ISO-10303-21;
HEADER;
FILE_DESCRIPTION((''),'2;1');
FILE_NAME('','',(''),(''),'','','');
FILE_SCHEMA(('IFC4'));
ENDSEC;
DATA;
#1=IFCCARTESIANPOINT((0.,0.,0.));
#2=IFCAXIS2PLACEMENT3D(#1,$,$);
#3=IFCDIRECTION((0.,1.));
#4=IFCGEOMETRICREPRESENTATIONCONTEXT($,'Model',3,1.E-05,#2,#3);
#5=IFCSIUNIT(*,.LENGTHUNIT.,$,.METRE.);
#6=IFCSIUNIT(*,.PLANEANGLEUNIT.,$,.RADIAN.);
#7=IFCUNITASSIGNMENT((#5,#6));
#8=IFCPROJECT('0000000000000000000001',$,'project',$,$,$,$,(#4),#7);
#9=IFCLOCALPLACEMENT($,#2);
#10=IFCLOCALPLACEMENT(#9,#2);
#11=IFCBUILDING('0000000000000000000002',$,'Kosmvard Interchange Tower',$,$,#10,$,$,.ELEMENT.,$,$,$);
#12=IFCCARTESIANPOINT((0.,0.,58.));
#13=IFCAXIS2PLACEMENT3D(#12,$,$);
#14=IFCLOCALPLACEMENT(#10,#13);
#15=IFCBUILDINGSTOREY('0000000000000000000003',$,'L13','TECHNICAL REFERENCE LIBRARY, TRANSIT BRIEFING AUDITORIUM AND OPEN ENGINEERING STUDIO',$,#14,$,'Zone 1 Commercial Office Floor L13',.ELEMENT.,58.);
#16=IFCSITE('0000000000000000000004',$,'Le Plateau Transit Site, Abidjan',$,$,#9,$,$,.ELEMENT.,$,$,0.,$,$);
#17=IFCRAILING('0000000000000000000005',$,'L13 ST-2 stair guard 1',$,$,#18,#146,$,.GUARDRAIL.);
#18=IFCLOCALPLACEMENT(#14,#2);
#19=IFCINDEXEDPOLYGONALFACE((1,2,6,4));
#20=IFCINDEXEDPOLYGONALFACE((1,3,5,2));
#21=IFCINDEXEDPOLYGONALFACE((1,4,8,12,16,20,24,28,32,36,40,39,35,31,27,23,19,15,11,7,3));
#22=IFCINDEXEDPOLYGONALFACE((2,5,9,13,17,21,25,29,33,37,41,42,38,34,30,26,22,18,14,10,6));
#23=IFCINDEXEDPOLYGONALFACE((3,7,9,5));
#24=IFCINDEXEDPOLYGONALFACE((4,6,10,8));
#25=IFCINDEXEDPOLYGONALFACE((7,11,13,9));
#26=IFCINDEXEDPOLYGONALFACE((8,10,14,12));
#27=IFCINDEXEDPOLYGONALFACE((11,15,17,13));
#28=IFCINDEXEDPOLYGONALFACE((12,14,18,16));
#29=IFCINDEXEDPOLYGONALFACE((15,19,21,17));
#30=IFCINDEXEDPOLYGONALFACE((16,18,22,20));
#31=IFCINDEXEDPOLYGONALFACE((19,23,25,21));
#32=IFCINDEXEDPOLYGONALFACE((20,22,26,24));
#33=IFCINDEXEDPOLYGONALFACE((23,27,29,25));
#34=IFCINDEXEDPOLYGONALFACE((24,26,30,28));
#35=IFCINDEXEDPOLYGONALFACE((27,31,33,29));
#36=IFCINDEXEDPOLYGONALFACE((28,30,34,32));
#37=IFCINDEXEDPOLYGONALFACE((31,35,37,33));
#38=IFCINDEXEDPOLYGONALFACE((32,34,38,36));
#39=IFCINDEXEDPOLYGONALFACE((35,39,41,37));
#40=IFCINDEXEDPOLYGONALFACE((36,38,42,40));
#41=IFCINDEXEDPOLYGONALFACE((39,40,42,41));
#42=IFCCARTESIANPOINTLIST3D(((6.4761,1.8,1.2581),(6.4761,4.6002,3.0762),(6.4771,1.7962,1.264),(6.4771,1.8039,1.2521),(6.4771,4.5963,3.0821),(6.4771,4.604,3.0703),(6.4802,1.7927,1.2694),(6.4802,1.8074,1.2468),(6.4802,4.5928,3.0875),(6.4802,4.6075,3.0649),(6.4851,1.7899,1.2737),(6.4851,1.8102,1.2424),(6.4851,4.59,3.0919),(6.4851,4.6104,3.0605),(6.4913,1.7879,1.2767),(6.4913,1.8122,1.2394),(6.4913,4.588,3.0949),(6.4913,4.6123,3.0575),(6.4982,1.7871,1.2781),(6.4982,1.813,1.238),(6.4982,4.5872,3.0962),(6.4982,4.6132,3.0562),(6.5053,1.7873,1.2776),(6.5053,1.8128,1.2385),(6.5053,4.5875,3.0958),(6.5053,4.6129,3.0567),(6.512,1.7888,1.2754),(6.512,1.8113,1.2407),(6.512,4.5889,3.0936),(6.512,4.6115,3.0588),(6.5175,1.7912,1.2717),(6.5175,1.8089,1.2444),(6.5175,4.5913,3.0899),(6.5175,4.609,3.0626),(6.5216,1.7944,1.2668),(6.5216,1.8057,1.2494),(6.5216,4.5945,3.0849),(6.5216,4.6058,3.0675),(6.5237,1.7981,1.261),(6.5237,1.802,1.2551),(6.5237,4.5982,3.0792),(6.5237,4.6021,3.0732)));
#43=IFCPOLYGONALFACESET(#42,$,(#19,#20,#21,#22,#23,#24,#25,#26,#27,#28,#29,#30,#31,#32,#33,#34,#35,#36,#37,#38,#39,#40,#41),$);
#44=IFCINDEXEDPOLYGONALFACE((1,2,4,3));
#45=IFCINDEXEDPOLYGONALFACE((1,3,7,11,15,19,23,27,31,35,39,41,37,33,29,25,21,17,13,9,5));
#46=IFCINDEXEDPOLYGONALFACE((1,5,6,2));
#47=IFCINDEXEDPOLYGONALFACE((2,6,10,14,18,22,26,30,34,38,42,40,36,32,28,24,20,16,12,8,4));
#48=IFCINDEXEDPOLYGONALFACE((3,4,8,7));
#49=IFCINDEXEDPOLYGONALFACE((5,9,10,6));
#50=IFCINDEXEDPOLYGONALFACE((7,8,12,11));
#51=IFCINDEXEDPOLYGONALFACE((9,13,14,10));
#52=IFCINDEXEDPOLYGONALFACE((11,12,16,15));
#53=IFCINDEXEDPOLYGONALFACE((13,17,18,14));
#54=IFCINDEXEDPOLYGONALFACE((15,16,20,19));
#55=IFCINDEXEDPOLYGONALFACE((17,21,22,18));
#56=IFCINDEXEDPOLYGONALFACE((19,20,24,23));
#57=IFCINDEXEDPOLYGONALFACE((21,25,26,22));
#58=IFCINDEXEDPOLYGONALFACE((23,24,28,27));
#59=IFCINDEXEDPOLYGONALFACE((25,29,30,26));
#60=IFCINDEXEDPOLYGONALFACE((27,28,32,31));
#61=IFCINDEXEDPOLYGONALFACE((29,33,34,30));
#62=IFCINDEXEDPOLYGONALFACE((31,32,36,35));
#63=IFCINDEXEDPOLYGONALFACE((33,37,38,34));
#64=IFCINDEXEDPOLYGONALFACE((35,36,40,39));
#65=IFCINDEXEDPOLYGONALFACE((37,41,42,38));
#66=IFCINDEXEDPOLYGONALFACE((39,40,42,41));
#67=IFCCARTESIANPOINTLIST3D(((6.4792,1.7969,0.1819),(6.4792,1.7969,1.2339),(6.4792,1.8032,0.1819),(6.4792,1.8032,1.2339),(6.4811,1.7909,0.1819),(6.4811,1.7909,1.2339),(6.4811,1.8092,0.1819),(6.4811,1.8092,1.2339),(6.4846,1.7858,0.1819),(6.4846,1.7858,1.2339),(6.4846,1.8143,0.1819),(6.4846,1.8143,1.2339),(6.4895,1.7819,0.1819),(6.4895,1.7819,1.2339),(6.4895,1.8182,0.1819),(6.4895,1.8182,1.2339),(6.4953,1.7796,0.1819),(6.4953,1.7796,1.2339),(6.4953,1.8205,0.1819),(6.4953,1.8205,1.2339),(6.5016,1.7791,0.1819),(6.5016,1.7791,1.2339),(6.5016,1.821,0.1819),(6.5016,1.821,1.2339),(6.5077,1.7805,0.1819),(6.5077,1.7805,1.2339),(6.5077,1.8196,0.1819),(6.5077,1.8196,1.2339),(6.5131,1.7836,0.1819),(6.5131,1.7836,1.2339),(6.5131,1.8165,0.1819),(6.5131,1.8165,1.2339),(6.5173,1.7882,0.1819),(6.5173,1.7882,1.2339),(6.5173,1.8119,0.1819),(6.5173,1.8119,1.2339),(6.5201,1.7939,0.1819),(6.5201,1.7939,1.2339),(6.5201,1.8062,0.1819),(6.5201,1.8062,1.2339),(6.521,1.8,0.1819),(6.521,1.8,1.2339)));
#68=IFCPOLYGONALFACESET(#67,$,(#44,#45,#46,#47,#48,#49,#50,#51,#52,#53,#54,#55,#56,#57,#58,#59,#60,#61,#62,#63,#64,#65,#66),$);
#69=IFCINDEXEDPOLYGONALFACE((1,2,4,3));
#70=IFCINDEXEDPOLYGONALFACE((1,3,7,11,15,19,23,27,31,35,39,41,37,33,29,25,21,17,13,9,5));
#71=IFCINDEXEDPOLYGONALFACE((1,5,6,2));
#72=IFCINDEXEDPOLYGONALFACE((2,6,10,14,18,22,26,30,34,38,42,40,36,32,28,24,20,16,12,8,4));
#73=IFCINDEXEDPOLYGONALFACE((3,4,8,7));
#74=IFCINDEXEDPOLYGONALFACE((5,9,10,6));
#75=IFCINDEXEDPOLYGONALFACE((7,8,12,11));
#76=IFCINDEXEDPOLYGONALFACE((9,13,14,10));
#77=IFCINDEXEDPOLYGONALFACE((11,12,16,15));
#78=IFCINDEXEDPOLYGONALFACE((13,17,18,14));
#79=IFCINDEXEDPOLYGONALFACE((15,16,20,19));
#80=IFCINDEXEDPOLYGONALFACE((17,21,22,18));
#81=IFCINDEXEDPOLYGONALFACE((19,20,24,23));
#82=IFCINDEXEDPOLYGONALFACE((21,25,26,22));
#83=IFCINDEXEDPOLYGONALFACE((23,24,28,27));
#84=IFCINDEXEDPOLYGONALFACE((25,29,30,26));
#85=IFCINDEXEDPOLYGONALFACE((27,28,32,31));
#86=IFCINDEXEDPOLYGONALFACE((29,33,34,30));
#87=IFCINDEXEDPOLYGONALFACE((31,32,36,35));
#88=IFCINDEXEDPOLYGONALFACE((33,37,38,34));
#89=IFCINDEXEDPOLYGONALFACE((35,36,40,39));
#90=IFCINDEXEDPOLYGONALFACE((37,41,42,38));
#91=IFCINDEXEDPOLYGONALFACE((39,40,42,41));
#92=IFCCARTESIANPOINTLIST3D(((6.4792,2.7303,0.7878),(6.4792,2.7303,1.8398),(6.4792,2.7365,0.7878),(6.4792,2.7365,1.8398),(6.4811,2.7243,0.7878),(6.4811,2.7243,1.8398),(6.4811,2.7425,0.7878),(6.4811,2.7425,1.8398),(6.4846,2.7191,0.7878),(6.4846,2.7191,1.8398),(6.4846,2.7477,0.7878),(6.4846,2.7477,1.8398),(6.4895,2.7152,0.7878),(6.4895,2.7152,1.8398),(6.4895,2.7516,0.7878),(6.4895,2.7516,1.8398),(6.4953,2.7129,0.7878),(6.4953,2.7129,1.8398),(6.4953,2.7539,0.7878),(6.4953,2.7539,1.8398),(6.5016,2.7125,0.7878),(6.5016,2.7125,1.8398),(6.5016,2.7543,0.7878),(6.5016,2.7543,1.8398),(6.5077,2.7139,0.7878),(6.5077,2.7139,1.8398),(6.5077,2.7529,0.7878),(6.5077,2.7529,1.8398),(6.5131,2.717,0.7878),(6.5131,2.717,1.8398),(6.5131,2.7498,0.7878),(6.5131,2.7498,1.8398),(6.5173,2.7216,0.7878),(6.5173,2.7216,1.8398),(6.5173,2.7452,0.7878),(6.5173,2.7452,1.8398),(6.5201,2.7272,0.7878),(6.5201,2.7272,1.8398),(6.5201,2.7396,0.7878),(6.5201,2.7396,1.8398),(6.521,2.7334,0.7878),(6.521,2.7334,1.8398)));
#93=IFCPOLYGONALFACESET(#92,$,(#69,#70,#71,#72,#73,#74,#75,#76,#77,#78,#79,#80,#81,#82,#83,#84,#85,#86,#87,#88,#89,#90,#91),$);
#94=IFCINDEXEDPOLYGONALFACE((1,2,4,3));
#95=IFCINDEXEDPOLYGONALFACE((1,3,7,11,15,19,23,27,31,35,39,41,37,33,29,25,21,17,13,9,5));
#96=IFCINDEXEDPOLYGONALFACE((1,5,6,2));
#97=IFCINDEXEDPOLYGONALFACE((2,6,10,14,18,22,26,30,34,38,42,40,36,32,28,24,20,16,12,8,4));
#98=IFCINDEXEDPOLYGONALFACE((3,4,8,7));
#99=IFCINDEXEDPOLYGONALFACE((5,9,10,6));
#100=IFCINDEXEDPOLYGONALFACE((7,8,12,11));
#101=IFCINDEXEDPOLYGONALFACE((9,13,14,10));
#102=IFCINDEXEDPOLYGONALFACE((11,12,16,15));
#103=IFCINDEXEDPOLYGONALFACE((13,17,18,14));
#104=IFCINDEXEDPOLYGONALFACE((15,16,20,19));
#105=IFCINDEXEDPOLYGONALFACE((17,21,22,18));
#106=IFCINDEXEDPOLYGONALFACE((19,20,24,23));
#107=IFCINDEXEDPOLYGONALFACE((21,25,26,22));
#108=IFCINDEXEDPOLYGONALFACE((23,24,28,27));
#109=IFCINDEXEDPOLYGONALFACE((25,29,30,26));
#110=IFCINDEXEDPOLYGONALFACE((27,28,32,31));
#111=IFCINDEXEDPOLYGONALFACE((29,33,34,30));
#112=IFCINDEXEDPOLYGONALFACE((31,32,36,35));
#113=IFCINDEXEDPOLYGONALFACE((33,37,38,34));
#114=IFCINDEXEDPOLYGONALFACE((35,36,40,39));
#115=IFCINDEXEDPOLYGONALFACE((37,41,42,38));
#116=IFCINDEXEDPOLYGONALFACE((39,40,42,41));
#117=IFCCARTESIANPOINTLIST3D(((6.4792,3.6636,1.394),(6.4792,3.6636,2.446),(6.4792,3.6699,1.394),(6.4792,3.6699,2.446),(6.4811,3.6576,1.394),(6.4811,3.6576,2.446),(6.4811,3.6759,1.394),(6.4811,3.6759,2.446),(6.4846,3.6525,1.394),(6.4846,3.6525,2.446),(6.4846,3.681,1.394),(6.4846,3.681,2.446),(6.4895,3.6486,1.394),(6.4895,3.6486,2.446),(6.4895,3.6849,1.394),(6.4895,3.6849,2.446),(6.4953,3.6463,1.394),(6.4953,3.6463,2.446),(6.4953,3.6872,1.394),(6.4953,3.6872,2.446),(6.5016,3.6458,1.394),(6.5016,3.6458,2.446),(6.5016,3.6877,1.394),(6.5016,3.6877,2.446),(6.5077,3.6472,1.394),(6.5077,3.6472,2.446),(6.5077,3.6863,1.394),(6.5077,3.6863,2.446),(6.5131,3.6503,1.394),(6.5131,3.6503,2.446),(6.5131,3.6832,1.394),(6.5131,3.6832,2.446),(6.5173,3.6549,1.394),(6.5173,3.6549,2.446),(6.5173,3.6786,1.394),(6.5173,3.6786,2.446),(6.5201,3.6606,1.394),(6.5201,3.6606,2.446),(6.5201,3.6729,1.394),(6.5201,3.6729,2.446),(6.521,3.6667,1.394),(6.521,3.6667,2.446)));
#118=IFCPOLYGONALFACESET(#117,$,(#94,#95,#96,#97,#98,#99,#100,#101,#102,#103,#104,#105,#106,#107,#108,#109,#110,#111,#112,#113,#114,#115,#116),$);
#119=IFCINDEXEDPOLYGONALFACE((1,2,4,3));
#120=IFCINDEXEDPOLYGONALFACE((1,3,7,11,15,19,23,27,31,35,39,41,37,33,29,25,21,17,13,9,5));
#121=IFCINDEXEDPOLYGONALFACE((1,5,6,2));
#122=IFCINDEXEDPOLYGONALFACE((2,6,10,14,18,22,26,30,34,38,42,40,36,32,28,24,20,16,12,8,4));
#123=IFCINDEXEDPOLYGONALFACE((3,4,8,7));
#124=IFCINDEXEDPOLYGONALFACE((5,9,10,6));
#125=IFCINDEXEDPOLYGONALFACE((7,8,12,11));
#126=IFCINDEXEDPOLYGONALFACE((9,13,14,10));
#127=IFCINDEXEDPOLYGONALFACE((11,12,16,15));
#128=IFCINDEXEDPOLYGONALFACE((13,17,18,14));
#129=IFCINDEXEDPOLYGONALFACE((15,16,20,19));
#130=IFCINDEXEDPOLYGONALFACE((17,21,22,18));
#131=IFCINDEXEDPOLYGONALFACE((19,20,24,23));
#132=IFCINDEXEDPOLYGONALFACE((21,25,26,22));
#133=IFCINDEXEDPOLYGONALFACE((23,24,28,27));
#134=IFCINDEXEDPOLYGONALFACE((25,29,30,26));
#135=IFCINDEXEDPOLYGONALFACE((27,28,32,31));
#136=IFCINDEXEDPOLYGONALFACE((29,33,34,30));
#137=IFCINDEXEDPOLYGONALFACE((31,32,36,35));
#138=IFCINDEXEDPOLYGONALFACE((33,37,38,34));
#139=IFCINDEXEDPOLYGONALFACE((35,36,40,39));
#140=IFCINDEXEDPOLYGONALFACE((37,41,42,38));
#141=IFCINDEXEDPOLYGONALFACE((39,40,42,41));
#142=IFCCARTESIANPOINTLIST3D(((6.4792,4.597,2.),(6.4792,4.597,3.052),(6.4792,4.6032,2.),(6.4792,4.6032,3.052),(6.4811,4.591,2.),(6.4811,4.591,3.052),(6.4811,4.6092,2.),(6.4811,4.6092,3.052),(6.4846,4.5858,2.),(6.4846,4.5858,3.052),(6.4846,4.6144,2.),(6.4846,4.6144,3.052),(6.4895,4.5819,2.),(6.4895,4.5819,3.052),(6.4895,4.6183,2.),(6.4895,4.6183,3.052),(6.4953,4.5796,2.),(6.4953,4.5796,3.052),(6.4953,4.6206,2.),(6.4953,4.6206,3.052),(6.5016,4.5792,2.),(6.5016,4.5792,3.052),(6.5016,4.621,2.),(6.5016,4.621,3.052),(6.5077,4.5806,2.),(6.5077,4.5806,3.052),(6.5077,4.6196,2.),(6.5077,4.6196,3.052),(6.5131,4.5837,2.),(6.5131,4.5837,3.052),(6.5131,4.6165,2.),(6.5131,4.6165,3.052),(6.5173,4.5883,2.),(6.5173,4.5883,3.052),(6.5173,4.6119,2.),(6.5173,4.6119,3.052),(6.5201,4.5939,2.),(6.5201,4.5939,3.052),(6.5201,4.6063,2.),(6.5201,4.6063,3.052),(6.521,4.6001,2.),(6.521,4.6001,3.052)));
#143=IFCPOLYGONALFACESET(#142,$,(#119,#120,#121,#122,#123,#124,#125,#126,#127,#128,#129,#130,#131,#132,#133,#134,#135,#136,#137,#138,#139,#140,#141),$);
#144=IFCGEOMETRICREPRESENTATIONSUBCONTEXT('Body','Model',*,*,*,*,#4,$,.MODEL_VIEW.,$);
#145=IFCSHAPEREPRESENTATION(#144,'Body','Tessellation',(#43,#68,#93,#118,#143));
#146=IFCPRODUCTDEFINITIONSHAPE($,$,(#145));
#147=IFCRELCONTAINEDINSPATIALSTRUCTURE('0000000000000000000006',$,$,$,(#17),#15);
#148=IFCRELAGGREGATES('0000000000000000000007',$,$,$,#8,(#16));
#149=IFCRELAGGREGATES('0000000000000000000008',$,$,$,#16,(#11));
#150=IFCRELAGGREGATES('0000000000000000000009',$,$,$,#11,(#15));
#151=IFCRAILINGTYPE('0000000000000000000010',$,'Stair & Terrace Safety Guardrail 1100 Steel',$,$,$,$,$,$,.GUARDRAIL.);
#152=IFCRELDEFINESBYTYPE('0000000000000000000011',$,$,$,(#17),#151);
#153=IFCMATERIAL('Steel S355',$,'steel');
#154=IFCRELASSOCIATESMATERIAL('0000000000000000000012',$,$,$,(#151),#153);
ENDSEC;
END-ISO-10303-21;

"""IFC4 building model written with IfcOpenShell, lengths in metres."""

from ifc_helpers import new_model, si_unit, direction, frame, origin, origin_2d, place, context, subcontext, project, spatial, circle, extrude, source, transform, mapped, material, type_object, element, save


model = new_model("IFC4")

# Units and contexts
model_context = context("Model", 3, precision=1e-05, world=origin(), true_north=direction((0.0, 1.0)))
body_context = subcontext(model_context, "Body", "Model", "MODEL_VIEW")
ifc_project = project(units=[si_unit("LENGTHUNIT", "METRE"), si_unit("PLANEANGLEUNIT", "RADIAN")], contexts=[model_context])

# Site, building, storey
site_placement = place(None, origin())
site = spatial("IfcSite", under=ifc_project, at=site_placement, Name="Le Plateau Transit Site, Abidjan", CompositionType="ELEMENT", RefElevation=0.0)
building_placement = place(site_placement, origin())
building = spatial("IfcBuilding", under=site, at=building_placement, Name="Kosmvard Interchange Tower", CompositionType="ELEMENT")
storey_placement = place(building_placement, frame((0.0, 0.0, 58.0)))
storey = spatial("IfcBuildingStorey", under=building, at=storey_placement, Name="L13", Description="TECHNICAL REFERENCE LIBRARY, TRANSIT BRIEFING AUDITORIUM AND OPEN ENGINEERING STUDIO", LongName="Zone 1 Commercial Office Floor L13", CompositionType="ELEMENT", Elevation=58.0)

# Shared definitions
ifc_material_1 = material(Name="Steel S355", Category="steel")

# Railing
railing_type = type_object("IfcRailingType", Name="Stair & Terrace Safety Guardrail 1100 Steel", PredefinedType="GUARDRAIL", material=ifc_material_1)
shared_shape_1 = source(origin(), body_context, "Body", "SweptSolid", [
    extrude(circle(Radius=0.0239, at=origin_2d()), frame((0.0, 0.0, 1.0762), z_axis=(0.0, 0.838706, 0.544585), x_axis=(-1.0, 0.0, 0.0)), (0.0, 0.0, 1.0), 3.3386),
    extrude(circle(Radius=0.021, at=origin_2d()), origin(), (0.0, 0.0, 1.0), 1.052),
    extrude(circle(Radius=0.021, at=origin_2d()), frame((0.0, 0.9333, 0.606)), (0.0, 0.0, 1.0), 1.052),
    extrude(circle(Radius=0.021, at=origin_2d()), frame((0.0, 1.8667, 1.2122)), (0.0, 0.0, 1.0), 1.052),
    extrude(circle(Radius=0.021, at=origin_2d()), frame((0.0, 2.8, 1.8181)), (0.0, 0.0, 1.0), 1.052),
])
railing_1_placement = place(storey_placement, frame((6.5, 1.8, 0.1819)))
element("IfcRailing", 1, at=railing_1_placement, inside=storey, type_object=railing_type, Name="L13 ST-2 stair guard 1", PredefinedType="GUARDRAIL", context=body_context, shape_type="MappedRepresentation", body=[
    mapped(shared_shape_1, transform((0.0, 0.0, 0.0), scale=1.0)),
])

save(model, "model.ifc")
